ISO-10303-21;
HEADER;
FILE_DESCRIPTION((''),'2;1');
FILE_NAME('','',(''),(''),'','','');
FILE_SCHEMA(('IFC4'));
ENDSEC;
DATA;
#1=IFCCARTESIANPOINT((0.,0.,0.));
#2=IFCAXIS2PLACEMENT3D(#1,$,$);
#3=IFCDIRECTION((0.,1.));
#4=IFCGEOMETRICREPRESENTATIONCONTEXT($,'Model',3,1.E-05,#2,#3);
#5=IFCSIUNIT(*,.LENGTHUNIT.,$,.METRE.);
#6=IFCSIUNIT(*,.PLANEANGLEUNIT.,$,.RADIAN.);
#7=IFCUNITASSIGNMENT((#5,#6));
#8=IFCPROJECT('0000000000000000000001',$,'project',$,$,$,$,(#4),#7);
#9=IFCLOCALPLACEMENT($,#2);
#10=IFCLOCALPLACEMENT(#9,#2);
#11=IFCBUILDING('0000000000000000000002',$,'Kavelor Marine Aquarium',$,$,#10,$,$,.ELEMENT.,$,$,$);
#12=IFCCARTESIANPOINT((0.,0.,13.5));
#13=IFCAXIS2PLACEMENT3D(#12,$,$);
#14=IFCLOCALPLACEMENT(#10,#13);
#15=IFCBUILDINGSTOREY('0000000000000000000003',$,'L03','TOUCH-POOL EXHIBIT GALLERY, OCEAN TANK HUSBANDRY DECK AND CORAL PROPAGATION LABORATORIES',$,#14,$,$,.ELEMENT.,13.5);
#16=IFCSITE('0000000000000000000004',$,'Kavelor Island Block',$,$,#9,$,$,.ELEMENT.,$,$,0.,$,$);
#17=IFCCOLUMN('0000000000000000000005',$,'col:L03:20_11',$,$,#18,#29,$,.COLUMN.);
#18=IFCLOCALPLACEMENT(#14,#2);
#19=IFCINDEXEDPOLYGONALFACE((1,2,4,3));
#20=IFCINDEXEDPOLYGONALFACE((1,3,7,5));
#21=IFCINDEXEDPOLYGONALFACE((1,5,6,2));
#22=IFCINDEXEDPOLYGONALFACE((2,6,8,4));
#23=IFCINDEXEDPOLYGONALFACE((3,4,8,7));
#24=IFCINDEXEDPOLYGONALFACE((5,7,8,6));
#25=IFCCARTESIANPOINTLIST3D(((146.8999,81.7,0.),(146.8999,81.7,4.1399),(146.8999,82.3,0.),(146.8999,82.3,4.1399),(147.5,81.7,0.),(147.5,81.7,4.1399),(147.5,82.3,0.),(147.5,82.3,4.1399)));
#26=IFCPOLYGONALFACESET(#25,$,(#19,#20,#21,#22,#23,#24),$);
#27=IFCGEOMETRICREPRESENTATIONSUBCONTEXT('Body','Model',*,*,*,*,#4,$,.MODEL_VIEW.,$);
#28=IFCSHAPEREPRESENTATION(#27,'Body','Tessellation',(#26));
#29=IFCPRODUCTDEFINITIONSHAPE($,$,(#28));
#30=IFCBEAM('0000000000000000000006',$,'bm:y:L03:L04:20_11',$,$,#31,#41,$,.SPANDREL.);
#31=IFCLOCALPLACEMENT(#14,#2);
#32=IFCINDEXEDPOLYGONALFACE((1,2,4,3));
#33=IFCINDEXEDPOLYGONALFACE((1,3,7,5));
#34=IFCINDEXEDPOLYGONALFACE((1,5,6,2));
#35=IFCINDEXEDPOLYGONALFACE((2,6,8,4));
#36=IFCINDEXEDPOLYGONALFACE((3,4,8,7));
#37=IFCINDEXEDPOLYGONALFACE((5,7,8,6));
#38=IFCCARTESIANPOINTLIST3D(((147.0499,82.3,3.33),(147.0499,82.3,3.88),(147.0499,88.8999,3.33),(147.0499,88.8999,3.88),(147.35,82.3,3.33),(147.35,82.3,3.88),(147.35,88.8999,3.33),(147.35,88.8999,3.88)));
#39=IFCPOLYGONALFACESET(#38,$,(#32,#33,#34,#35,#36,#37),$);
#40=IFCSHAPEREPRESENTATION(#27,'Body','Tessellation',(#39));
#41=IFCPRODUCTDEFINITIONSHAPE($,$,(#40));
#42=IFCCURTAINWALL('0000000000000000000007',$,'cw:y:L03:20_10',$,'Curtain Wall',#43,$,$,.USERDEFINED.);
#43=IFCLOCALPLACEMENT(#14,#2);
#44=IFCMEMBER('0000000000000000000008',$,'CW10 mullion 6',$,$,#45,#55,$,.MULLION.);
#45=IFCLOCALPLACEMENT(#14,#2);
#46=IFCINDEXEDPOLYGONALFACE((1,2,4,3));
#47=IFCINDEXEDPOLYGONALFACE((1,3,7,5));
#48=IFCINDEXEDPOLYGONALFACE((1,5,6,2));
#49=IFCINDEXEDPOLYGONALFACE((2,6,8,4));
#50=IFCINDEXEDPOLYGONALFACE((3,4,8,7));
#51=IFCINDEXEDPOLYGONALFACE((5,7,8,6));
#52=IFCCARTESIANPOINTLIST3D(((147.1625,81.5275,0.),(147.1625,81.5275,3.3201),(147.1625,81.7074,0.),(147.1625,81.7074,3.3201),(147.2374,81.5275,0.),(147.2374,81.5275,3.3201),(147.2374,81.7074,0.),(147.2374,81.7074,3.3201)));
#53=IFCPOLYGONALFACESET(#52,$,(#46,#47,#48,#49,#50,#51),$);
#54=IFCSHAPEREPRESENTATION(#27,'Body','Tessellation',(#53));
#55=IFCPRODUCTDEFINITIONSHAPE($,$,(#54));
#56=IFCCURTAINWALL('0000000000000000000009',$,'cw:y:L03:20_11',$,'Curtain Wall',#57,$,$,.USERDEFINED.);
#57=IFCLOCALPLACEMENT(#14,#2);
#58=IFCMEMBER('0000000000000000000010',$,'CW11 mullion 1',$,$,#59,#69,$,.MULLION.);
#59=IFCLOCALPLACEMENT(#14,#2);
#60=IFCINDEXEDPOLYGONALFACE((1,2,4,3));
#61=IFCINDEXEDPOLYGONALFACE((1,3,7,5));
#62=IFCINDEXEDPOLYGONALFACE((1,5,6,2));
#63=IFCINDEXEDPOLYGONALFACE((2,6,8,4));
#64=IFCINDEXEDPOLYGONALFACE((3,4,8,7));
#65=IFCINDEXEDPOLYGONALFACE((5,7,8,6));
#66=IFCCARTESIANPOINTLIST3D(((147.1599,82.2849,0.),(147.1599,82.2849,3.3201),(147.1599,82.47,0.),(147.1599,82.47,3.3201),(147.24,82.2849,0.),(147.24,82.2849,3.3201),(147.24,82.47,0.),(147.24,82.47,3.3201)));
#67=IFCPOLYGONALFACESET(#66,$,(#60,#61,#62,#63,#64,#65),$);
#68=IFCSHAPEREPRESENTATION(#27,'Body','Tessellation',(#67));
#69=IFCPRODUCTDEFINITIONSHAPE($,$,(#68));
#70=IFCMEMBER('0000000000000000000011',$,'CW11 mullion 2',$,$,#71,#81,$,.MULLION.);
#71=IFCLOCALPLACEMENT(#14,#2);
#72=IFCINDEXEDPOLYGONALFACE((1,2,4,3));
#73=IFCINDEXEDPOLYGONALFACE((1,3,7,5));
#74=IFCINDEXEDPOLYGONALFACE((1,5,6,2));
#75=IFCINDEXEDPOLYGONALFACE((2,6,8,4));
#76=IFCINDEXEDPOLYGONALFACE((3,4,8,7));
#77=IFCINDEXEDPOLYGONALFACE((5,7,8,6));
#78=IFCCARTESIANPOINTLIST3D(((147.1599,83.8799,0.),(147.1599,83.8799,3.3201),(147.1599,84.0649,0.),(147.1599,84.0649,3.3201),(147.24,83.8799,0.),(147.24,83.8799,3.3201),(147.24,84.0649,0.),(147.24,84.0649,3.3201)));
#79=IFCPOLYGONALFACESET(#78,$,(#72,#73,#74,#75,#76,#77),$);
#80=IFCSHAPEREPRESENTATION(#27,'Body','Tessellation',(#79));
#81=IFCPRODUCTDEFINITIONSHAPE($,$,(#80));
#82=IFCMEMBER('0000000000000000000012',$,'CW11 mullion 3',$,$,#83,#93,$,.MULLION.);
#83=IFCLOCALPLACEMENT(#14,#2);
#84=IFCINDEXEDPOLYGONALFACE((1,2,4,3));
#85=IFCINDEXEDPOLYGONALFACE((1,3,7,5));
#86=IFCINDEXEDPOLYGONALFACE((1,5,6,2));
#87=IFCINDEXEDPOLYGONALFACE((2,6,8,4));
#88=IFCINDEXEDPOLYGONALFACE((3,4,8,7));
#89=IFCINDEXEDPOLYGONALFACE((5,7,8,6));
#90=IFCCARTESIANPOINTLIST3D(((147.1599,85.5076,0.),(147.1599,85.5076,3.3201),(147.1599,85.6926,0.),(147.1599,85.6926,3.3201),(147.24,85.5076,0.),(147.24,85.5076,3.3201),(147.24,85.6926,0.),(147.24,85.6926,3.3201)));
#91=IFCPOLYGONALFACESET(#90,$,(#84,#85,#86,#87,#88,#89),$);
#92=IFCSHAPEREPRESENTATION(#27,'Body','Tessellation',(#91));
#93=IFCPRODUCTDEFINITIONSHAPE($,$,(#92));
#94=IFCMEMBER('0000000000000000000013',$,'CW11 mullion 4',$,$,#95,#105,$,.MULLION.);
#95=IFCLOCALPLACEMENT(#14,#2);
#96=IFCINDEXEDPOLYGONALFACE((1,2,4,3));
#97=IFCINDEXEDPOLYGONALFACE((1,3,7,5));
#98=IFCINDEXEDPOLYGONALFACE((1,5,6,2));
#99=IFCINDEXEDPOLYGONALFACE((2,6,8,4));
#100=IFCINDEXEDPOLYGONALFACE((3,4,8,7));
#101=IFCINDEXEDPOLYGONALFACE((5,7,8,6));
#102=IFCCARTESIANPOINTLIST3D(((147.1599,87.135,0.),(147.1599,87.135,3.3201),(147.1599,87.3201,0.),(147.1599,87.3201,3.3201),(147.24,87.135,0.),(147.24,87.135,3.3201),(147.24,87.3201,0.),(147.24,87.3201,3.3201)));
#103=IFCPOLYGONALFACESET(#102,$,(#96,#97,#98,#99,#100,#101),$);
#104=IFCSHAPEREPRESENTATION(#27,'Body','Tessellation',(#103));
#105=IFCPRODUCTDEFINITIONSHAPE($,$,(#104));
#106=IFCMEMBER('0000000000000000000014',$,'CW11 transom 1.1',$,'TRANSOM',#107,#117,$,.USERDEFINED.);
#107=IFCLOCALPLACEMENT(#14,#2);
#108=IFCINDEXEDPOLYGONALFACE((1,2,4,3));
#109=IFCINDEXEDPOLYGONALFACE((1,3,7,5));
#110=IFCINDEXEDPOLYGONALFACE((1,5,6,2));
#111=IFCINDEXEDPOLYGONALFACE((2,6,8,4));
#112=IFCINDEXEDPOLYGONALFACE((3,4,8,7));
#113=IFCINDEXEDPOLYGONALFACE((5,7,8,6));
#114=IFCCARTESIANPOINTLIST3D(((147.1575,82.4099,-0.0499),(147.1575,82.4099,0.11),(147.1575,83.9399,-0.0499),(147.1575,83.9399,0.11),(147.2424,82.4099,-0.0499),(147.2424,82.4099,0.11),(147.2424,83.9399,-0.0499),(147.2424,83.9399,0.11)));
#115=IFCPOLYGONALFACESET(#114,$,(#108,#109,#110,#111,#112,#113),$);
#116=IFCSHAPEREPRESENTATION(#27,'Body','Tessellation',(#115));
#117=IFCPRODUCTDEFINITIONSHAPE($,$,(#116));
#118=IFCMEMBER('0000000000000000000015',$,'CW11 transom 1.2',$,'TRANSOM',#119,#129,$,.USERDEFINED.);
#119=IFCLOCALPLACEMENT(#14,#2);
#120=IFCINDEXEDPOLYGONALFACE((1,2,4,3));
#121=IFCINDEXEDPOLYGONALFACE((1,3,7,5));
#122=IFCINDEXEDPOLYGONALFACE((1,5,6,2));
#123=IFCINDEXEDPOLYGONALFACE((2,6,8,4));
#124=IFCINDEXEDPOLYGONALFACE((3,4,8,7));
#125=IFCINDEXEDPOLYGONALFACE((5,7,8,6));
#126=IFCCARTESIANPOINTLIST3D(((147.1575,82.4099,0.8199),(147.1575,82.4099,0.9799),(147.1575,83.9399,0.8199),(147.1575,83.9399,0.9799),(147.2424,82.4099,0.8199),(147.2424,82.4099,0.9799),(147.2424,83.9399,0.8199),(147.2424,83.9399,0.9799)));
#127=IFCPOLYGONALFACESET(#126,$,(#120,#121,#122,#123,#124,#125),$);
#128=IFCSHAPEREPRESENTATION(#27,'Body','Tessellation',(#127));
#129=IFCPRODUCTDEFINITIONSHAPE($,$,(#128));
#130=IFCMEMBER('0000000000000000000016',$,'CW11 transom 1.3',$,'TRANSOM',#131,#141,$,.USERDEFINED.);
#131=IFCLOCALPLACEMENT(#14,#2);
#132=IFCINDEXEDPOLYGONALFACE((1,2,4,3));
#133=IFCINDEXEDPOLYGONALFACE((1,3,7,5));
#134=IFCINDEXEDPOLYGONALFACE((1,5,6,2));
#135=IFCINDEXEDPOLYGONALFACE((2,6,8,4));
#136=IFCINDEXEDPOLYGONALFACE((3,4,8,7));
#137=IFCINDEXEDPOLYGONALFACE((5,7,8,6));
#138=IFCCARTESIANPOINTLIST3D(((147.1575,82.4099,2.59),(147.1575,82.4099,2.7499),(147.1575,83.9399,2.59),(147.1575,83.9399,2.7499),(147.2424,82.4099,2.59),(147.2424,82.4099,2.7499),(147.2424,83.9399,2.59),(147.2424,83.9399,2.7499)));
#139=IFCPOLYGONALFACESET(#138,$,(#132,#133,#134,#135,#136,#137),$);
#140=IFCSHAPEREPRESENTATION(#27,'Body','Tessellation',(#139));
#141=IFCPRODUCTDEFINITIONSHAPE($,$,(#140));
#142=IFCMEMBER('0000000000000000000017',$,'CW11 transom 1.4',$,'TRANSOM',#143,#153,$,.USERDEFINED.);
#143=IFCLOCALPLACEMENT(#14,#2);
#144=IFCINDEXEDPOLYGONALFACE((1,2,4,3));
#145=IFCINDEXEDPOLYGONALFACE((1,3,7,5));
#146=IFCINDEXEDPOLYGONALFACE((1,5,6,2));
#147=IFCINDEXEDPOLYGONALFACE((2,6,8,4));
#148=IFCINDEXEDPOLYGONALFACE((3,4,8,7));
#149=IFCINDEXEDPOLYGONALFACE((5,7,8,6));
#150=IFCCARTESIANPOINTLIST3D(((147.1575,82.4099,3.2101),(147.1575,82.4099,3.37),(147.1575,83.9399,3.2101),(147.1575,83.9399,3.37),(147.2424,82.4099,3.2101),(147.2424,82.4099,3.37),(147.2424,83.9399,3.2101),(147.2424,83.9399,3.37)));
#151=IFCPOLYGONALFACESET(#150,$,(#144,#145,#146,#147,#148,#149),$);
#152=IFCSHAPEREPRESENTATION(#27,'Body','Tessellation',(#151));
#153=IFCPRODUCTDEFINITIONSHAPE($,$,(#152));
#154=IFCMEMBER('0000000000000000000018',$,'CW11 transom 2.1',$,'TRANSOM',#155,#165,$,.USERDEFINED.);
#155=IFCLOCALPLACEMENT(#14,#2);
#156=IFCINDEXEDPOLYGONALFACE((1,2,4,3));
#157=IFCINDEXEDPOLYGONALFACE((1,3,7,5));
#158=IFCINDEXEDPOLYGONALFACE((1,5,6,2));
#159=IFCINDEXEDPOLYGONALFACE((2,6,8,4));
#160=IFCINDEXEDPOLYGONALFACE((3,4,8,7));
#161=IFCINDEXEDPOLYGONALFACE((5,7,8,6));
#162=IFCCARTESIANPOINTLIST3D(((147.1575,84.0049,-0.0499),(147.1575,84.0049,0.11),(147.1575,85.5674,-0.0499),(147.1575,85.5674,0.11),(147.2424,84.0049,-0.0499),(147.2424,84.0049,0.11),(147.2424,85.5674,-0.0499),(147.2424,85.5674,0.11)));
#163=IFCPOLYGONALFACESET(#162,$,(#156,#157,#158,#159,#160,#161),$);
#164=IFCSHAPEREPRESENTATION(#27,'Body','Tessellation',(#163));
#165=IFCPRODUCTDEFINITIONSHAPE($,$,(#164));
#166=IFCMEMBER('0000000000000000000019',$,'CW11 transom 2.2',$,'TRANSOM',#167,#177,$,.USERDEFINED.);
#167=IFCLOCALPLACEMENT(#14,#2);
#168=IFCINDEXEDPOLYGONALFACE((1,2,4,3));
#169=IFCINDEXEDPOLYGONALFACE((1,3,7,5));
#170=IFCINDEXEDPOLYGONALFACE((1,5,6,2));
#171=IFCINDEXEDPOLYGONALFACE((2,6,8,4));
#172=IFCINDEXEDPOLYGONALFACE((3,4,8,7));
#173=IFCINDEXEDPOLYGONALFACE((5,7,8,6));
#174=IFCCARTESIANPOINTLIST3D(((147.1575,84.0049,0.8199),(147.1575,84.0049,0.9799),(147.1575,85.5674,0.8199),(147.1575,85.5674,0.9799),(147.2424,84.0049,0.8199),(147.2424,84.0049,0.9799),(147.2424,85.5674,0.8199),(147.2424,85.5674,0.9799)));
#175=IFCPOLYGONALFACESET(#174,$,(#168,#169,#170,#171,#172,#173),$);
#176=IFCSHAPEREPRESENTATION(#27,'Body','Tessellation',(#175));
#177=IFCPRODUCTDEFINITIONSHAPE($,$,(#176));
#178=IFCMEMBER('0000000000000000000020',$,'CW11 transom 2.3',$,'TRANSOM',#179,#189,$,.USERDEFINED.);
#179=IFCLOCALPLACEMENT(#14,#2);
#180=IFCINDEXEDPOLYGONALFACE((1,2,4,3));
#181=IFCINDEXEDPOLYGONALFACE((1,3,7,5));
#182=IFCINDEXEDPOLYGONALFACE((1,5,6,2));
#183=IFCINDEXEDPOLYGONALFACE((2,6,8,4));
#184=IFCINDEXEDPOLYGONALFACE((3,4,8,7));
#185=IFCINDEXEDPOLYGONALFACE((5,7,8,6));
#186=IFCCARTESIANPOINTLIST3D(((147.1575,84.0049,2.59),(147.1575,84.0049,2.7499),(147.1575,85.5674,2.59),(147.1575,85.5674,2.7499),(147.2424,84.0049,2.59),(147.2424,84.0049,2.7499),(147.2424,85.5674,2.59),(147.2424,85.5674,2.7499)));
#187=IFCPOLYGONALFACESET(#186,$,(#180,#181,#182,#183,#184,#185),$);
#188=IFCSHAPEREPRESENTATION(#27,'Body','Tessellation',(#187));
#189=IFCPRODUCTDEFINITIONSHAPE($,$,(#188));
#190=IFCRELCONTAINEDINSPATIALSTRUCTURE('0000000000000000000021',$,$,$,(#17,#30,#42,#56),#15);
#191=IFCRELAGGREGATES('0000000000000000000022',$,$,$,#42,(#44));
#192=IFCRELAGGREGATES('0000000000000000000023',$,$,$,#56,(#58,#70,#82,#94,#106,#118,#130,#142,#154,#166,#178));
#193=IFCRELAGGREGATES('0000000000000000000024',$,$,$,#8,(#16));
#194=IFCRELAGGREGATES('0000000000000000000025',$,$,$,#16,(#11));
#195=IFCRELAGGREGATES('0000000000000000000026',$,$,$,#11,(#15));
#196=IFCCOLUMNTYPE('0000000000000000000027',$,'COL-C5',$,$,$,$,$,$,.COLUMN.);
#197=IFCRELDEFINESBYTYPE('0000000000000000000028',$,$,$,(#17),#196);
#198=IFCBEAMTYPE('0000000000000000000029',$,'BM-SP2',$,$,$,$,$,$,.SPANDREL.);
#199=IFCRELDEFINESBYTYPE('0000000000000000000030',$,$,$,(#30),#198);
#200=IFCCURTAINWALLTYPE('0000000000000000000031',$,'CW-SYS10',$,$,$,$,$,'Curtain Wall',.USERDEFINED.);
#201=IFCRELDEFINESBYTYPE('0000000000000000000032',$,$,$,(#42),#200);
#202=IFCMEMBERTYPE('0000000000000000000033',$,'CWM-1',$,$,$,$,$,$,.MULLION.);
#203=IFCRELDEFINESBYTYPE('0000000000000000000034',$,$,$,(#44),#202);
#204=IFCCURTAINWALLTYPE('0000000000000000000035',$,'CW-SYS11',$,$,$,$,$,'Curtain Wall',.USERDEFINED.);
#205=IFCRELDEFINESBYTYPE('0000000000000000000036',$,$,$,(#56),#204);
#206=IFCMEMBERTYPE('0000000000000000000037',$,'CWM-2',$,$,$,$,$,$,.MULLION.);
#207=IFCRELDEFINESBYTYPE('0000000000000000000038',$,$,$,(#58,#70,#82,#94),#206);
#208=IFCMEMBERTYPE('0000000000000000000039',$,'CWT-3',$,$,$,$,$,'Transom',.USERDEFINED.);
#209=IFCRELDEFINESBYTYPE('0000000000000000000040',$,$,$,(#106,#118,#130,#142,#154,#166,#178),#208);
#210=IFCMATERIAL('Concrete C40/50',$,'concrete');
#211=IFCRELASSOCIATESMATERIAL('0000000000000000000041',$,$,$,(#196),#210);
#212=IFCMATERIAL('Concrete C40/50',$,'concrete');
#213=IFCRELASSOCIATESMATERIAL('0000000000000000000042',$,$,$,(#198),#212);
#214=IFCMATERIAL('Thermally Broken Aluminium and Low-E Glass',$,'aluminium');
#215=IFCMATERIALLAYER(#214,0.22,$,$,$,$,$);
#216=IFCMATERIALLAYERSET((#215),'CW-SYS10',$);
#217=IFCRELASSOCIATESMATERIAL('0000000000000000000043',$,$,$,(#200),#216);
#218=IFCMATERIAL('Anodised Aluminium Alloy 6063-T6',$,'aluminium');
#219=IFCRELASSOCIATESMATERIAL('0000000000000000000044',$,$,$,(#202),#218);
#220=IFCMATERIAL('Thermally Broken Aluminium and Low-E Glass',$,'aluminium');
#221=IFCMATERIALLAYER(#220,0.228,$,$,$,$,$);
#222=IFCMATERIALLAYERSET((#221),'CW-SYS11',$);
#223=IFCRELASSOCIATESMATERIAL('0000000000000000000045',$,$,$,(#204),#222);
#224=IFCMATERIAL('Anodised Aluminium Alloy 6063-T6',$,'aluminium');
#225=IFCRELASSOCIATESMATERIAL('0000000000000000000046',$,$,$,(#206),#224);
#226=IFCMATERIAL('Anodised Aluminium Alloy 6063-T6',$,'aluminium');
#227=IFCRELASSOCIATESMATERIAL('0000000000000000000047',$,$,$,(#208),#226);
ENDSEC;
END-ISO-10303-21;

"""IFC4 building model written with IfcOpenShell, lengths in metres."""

from ifc_helpers import new_model, si_unit, direction, frame, origin, origin_2d, place, context, subcontext, project, spatial, rectangle, extrude, material, layer, layer_set, material_profile, profile_set, type_object, element, aggregate, save


model = new_model("IFC4")

# Units and contexts
model_context = context("Model", 3, precision=1e-05, world=origin(), true_north=direction((0.0, 1.0)))
body_context = subcontext(model_context, "Body", "Model", "MODEL_VIEW")
ifc_project = project(units=[si_unit("LENGTHUNIT", "METRE"), si_unit("PLANEANGLEUNIT", "RADIAN")], contexts=[model_context])

# Site, building, storey
site_placement = place(None, origin())
site = spatial("IfcSite", under=ifc_project, at=site_placement, Name="Kavelor Island Block", CompositionType="ELEMENT", RefElevation=0.0)
building_placement = place(site_placement, origin())
building = spatial("IfcBuilding", under=site, at=building_placement, Name="Kavelor Marine Aquarium", CompositionType="ELEMENT")
storey_placement = place(building_placement, frame((0.0, 0.0, 13.5)))
storey = spatial("IfcBuildingStorey", under=building, at=storey_placement, Name="L03", Description="TOUCH-POOL EXHIBIT GALLERY, OCEAN TANK HUSBANDRY DECK AND CORAL PROPAGATION LABORATORIES", CompositionType="ELEMENT", Elevation=13.5)

# Column
ifc_material_1 = material(Name="Concrete C40/50", Category="concrete")
ifc_material_profile_1 = material_profile(ifc_material_1, rectangle(XDim=0.6001, YDim=0.6001, at=origin_2d()), Name="RC-COL 600x600")
ifc_profile_set_1 = profile_set([ifc_material_profile_1], Name="Concrete C40/50")
column_type = type_object("IfcColumnType", Name="COL-C5", PredefinedType="COLUMN", material=ifc_profile_set_1)
column_placement = place(storey_placement, frame((147.2, 82.0, 0.0), z_axis=(0.0, 0.0, 1.0), x_axis=(1.0, 0.0, 0.0)))
element("IfcColumn", 1, at=column_placement, inside=storey, type_object=column_type, Name="col:L03:20_11", PredefinedType="COLUMN", context=body_context, shape_type="SweptSolid", body=[
    extrude(rectangle(XDim=0.6001, YDim=0.6001, at=origin_2d()), origin(), (0.0, 0.0, 1.0), 4.1399),
])

# Beam
ifc_material_2 = material(Name="Concrete C40/50", Category="concrete")
ifc_material_profile_2 = material_profile(ifc_material_2, rectangle(XDim=0.3, YDim=0.55, at=origin_2d()), Name="RC-SP 300x550")
ifc_profile_set_2 = profile_set([ifc_material_profile_2], Name="Concrete C40/50")
beam_type = type_object("IfcBeamType", Name="BM-SP2", PredefinedType="SPANDREL", material=ifc_profile_set_2)
beam_placement = place(storey_placement, frame((147.2, 82.3, 3.605), z_axis=(0.0, 1.0, 0.0), x_axis=(-1.0, 0.0, 0.0)))
element("IfcBeam", 2, at=beam_placement, inside=storey, type_object=beam_type, Name="bm:y:L03:L04:20_11", PredefinedType="SPANDREL", context=body_context, shape_type="SweptSolid", body=[
    extrude(rectangle(XDim=0.3, YDim=0.55, at=origin_2d()), origin(), (0.0, 0.0, 1.0), 6.5999),
])

# Curtain wall, member
ifc_material_3 = material(Name="Thermally Broken Aluminium and Low-E Glass", Category="aluminium")
ifc_layer_1 = layer(ifc_material_3, 0.22)
ifc_layer_set_1 = layer_set([ifc_layer_1], Name="CW-SYS10")
curtain_wall_type_1 = type_object("IfcCurtainWallType", Name="CW-SYS10", ElementType="Curtain Wall", PredefinedType="USERDEFINED", material=ifc_layer_set_1)
curtain_wall_1_placement = place(storey_placement, origin())
curtain_wall_1 = element("IfcCurtainWall", 3, at=curtain_wall_1_placement, inside=storey, type_object=curtain_wall_type_1, Name="cw:y:L03:20_10", ObjectType="Curtain Wall", PredefinedType="USERDEFINED")
ifc_material_4 = material(Name="Anodised Aluminium Alloy 6063-T6", Category="aluminium")
ifc_material_profile_3 = material_profile(ifc_material_4, rectangle(XDim=0.075, YDim=0.1799, at=origin_2d()), Name="CW-MUL 75x180")
ifc_profile_set_3 = profile_set([ifc_material_profile_3], Name="Anodised Aluminium Alloy 6063-T6")
member_type_1 = type_object("IfcMemberType", Name="CWM-1", PredefinedType="MULLION", material=ifc_profile_set_3)
member_1_placement = place(storey_placement, frame((147.2, 81.6174, 0.0), z_axis=(0.0, 0.0, 1.0), x_axis=(-1.0, 0.0, 0.0)))
member_1 = element("IfcMember", 4, at=member_1_placement, type_object=member_type_1, Name="CW10 mullion 6", PredefinedType="MULLION", context=body_context, shape_type="SweptSolid", body=[
    extrude(rectangle(XDim=0.075, YDim=0.1799, at=origin_2d()), origin(), (0.0, 0.0, 1.0), 3.3201),
])

# Curtain wall, members
ifc_material_5 = material(Name="Thermally Broken Aluminium and Low-E Glass", Category="aluminium")
ifc_layer_2 = layer(ifc_material_5, 0.228)
ifc_layer_set_2 = layer_set([ifc_layer_2], Name="CW-SYS11")
curtain_wall_type_2 = type_object("IfcCurtainWallType", Name="CW-SYS11", ElementType="Curtain Wall", PredefinedType="USERDEFINED", material=ifc_layer_set_2)
curtain_wall_2_placement = place(storey_placement, origin())
curtain_wall_2 = element("IfcCurtainWall", 5, at=curtain_wall_2_placement, inside=storey, type_object=curtain_wall_type_2, Name="cw:y:L03:20_11", ObjectType="Curtain Wall", PredefinedType="USERDEFINED")
ifc_material_6 = material(Name="Anodised Aluminium Alloy 6063-T6", Category="aluminium")
ifc_material_profile_4 = material_profile(ifc_material_6, rectangle(XDim=0.0801, YDim=0.1851, at=origin_2d()), Name="CW-MUL 80x185")
ifc_profile_set_4 = profile_set([ifc_material_profile_4], Name="Anodised Aluminium Alloy 6063-T6")
member_type_2 = type_object("IfcMemberType", Name="CWM-2", PredefinedType="MULLION", material=ifc_profile_set_4)
member_2_placement = place(storey_placement, frame((147.2, 82.3774, 0.0), z_axis=(0.0, 0.0, 1.0), x_axis=(-1.0, 0.0, 0.0)))
member_2 = element("IfcMember", 6, at=member_2_placement, type_object=member_type_2, Name="CW11 mullion 1", PredefinedType="MULLION", context=body_context, shape_type="SweptSolid", body=[
    extrude(rectangle(XDim=0.0801, YDim=0.1851, at=origin_2d()), origin(), (0.0, 0.0, 1.0), 3.3201),
])
member_3_placement = place(storey_placement, frame((147.2, 83.9724, 0.0), z_axis=(0.0, 0.0, 1.0), x_axis=(-1.0, 0.0, 0.0)))
member_3 = element("IfcMember", 7, at=member_3_placement, type_object=member_type_2, Name="CW11 mullion 2", PredefinedType="MULLION", context=body_context, shape_type="SweptSolid", body=[
    extrude(rectangle(XDim=0.0801, YDim=0.1851, at=origin_2d()), origin(), (0.0, 0.0, 1.0), 3.3201),
])
member_4_placement = place(storey_placement, frame((147.2, 85.6001, 0.0), z_axis=(0.0, 0.0, 1.0), x_axis=(-1.0, 0.0, 0.0)))
member_4 = element("IfcMember", 8, at=member_4_placement, type_object=member_type_2, Name="CW11 mullion 3", PredefinedType="MULLION", context=body_context, shape_type="SweptSolid", body=[
    extrude(rectangle(XDim=0.0801, YDim=0.1851, at=origin_2d()), origin(), (0.0, 0.0, 1.0), 3.3201),
])
member_5_placement = place(storey_placement, frame((147.2, 87.2275, 0.0), z_axis=(0.0, 0.0, 1.0), x_axis=(-1.0, 0.0, 0.0)))
member_5 = element("IfcMember", 9, at=member_5_placement, type_object=member_type_2, Name="CW11 mullion 4", PredefinedType="MULLION", context=body_context, shape_type="SweptSolid", body=[
    extrude(rectangle(XDim=0.0801, YDim=0.1851, at=origin_2d()), origin(), (0.0, 0.0, 1.0), 3.3201),
])
ifc_material_7 = material(Name="Anodised Aluminium Alloy 6063-T6", Category="aluminium")
ifc_material_profile_5 = material_profile(ifc_material_7, rectangle(XDim=0.085, YDim=0.1599, at=origin_2d()), Name="CW-TRN 85x160")
ifc_profile_set_5 = profile_set([ifc_material_profile_5], Name="Anodised Aluminium Alloy 6063-T6")
member_type_3 = type_object("IfcMemberType", Name="CWT-3", ElementType="Transom", PredefinedType="USERDEFINED", material=ifc_profile_set_5)
member_6_placement = place(storey_placement, frame((147.2, 82.4099, 0.03), z_axis=(0.0, 1.0, 0.0), x_axis=(-1.0, 0.0, 0.0)))
member_6 = element("IfcMember", 10, at=member_6_placement, type_object=member_type_3, Name="CW11 transom 1.1", ObjectType="TRANSOM", PredefinedType="USERDEFINED", context=body_context, shape_type="SweptSolid", body=[
    extrude(rectangle(XDim=0.085, YDim=0.1599, at=origin_2d()), origin(), (0.0, 0.0, 1.0), 1.53),
])
member_7_placement = place(storey_placement, frame((147.2, 82.4099, 0.8999), z_axis=(0.0, 1.0, 0.0), x_axis=(-1.0, 0.0, 0.0)))
member_7 = element("IfcMember", 11, at=member_7_placement, type_object=member_type_3, Name="CW11 transom 1.2", ObjectType="TRANSOM", PredefinedType="USERDEFINED", context=body_context, shape_type="SweptSolid", body=[
    extrude(rectangle(XDim=0.085, YDim=0.1599, at=origin_2d()), origin(), (0.0, 0.0, 1.0), 1.53),
])
member_8_placement = place(storey_placement, frame((147.2, 82.4099, 2.6699), z_axis=(0.0, 1.0, 0.0), x_axis=(-1.0, 0.0, 0.0)))
member_8 = element("IfcMember", 12, at=member_8_placement, type_object=member_type_3, Name="CW11 transom 1.3", ObjectType="TRANSOM", PredefinedType="USERDEFINED", context=body_context, shape_type="SweptSolid", body=[
    extrude(rectangle(XDim=0.085, YDim=0.1599, at=origin_2d()), origin(), (0.0, 0.0, 1.0), 1.53),
])
member_9_placement = place(storey_placement, frame((147.2, 82.4099, 3.29), z_axis=(0.0, 1.0, 0.0), x_axis=(-1.0, 0.0, 0.0)))
member_9 = element("IfcMember", 13, at=member_9_placement, type_object=member_type_3, Name="CW11 transom 1.4", ObjectType="TRANSOM", PredefinedType="USERDEFINED", context=body_context, shape_type="SweptSolid", body=[
    extrude(rectangle(XDim=0.085, YDim=0.1599, at=origin_2d()), origin(), (0.0, 0.0, 1.0), 1.53),
])
member_10_placement = place(storey_placement, frame((147.2, 84.0049, 0.03), z_axis=(0.0, 1.0, 0.0), x_axis=(-1.0, 0.0, 0.0)))
member_10 = element("IfcMember", 14, at=member_10_placement, type_object=member_type_3, Name="CW11 transom 2.1", ObjectType="TRANSOM", PredefinedType="USERDEFINED", context=body_context, shape_type="SweptSolid", body=[
    extrude(rectangle(XDim=0.085, YDim=0.1599, at=origin_2d()), origin(), (0.0, 0.0, 1.0), 1.5625),
])
member_11_placement = place(storey_placement, frame((147.2, 84.0049, 0.8999), z_axis=(0.0, 1.0, 0.0), x_axis=(-1.0, 0.0, 0.0)))
member_11 = element("IfcMember", 15, at=member_11_placement, type_object=member_type_3, Name="CW11 transom 2.2", ObjectType="TRANSOM", PredefinedType="USERDEFINED", context=body_context, shape_type="SweptSolid", body=[
    extrude(rectangle(XDim=0.085, YDim=0.1599, at=origin_2d()), origin(), (0.0, 0.0, 1.0), 1.5625),
])
member_12_placement = place(storey_placement, frame((147.2, 84.0049, 2.6699), z_axis=(0.0, 1.0, 0.0), x_axis=(-1.0, 0.0, 0.0)))
member_12 = element("IfcMember", 16, at=member_12_placement, type_object=member_type_3, Name="CW11 transom 2.3", ObjectType="TRANSOM", PredefinedType="USERDEFINED", context=body_context, shape_type="SweptSolid", body=[
    extrude(rectangle(XDim=0.085, YDim=0.1599, at=origin_2d()), origin(), (0.0, 0.0, 1.0), 1.5625),
])

aggregate(curtain_wall_1, [member_1])
aggregate(curtain_wall_2, [member_2, member_3, member_4, member_5, member_6, member_7, member_8, member_9, member_10, member_11, member_12])

save(model, "model.ifc")
